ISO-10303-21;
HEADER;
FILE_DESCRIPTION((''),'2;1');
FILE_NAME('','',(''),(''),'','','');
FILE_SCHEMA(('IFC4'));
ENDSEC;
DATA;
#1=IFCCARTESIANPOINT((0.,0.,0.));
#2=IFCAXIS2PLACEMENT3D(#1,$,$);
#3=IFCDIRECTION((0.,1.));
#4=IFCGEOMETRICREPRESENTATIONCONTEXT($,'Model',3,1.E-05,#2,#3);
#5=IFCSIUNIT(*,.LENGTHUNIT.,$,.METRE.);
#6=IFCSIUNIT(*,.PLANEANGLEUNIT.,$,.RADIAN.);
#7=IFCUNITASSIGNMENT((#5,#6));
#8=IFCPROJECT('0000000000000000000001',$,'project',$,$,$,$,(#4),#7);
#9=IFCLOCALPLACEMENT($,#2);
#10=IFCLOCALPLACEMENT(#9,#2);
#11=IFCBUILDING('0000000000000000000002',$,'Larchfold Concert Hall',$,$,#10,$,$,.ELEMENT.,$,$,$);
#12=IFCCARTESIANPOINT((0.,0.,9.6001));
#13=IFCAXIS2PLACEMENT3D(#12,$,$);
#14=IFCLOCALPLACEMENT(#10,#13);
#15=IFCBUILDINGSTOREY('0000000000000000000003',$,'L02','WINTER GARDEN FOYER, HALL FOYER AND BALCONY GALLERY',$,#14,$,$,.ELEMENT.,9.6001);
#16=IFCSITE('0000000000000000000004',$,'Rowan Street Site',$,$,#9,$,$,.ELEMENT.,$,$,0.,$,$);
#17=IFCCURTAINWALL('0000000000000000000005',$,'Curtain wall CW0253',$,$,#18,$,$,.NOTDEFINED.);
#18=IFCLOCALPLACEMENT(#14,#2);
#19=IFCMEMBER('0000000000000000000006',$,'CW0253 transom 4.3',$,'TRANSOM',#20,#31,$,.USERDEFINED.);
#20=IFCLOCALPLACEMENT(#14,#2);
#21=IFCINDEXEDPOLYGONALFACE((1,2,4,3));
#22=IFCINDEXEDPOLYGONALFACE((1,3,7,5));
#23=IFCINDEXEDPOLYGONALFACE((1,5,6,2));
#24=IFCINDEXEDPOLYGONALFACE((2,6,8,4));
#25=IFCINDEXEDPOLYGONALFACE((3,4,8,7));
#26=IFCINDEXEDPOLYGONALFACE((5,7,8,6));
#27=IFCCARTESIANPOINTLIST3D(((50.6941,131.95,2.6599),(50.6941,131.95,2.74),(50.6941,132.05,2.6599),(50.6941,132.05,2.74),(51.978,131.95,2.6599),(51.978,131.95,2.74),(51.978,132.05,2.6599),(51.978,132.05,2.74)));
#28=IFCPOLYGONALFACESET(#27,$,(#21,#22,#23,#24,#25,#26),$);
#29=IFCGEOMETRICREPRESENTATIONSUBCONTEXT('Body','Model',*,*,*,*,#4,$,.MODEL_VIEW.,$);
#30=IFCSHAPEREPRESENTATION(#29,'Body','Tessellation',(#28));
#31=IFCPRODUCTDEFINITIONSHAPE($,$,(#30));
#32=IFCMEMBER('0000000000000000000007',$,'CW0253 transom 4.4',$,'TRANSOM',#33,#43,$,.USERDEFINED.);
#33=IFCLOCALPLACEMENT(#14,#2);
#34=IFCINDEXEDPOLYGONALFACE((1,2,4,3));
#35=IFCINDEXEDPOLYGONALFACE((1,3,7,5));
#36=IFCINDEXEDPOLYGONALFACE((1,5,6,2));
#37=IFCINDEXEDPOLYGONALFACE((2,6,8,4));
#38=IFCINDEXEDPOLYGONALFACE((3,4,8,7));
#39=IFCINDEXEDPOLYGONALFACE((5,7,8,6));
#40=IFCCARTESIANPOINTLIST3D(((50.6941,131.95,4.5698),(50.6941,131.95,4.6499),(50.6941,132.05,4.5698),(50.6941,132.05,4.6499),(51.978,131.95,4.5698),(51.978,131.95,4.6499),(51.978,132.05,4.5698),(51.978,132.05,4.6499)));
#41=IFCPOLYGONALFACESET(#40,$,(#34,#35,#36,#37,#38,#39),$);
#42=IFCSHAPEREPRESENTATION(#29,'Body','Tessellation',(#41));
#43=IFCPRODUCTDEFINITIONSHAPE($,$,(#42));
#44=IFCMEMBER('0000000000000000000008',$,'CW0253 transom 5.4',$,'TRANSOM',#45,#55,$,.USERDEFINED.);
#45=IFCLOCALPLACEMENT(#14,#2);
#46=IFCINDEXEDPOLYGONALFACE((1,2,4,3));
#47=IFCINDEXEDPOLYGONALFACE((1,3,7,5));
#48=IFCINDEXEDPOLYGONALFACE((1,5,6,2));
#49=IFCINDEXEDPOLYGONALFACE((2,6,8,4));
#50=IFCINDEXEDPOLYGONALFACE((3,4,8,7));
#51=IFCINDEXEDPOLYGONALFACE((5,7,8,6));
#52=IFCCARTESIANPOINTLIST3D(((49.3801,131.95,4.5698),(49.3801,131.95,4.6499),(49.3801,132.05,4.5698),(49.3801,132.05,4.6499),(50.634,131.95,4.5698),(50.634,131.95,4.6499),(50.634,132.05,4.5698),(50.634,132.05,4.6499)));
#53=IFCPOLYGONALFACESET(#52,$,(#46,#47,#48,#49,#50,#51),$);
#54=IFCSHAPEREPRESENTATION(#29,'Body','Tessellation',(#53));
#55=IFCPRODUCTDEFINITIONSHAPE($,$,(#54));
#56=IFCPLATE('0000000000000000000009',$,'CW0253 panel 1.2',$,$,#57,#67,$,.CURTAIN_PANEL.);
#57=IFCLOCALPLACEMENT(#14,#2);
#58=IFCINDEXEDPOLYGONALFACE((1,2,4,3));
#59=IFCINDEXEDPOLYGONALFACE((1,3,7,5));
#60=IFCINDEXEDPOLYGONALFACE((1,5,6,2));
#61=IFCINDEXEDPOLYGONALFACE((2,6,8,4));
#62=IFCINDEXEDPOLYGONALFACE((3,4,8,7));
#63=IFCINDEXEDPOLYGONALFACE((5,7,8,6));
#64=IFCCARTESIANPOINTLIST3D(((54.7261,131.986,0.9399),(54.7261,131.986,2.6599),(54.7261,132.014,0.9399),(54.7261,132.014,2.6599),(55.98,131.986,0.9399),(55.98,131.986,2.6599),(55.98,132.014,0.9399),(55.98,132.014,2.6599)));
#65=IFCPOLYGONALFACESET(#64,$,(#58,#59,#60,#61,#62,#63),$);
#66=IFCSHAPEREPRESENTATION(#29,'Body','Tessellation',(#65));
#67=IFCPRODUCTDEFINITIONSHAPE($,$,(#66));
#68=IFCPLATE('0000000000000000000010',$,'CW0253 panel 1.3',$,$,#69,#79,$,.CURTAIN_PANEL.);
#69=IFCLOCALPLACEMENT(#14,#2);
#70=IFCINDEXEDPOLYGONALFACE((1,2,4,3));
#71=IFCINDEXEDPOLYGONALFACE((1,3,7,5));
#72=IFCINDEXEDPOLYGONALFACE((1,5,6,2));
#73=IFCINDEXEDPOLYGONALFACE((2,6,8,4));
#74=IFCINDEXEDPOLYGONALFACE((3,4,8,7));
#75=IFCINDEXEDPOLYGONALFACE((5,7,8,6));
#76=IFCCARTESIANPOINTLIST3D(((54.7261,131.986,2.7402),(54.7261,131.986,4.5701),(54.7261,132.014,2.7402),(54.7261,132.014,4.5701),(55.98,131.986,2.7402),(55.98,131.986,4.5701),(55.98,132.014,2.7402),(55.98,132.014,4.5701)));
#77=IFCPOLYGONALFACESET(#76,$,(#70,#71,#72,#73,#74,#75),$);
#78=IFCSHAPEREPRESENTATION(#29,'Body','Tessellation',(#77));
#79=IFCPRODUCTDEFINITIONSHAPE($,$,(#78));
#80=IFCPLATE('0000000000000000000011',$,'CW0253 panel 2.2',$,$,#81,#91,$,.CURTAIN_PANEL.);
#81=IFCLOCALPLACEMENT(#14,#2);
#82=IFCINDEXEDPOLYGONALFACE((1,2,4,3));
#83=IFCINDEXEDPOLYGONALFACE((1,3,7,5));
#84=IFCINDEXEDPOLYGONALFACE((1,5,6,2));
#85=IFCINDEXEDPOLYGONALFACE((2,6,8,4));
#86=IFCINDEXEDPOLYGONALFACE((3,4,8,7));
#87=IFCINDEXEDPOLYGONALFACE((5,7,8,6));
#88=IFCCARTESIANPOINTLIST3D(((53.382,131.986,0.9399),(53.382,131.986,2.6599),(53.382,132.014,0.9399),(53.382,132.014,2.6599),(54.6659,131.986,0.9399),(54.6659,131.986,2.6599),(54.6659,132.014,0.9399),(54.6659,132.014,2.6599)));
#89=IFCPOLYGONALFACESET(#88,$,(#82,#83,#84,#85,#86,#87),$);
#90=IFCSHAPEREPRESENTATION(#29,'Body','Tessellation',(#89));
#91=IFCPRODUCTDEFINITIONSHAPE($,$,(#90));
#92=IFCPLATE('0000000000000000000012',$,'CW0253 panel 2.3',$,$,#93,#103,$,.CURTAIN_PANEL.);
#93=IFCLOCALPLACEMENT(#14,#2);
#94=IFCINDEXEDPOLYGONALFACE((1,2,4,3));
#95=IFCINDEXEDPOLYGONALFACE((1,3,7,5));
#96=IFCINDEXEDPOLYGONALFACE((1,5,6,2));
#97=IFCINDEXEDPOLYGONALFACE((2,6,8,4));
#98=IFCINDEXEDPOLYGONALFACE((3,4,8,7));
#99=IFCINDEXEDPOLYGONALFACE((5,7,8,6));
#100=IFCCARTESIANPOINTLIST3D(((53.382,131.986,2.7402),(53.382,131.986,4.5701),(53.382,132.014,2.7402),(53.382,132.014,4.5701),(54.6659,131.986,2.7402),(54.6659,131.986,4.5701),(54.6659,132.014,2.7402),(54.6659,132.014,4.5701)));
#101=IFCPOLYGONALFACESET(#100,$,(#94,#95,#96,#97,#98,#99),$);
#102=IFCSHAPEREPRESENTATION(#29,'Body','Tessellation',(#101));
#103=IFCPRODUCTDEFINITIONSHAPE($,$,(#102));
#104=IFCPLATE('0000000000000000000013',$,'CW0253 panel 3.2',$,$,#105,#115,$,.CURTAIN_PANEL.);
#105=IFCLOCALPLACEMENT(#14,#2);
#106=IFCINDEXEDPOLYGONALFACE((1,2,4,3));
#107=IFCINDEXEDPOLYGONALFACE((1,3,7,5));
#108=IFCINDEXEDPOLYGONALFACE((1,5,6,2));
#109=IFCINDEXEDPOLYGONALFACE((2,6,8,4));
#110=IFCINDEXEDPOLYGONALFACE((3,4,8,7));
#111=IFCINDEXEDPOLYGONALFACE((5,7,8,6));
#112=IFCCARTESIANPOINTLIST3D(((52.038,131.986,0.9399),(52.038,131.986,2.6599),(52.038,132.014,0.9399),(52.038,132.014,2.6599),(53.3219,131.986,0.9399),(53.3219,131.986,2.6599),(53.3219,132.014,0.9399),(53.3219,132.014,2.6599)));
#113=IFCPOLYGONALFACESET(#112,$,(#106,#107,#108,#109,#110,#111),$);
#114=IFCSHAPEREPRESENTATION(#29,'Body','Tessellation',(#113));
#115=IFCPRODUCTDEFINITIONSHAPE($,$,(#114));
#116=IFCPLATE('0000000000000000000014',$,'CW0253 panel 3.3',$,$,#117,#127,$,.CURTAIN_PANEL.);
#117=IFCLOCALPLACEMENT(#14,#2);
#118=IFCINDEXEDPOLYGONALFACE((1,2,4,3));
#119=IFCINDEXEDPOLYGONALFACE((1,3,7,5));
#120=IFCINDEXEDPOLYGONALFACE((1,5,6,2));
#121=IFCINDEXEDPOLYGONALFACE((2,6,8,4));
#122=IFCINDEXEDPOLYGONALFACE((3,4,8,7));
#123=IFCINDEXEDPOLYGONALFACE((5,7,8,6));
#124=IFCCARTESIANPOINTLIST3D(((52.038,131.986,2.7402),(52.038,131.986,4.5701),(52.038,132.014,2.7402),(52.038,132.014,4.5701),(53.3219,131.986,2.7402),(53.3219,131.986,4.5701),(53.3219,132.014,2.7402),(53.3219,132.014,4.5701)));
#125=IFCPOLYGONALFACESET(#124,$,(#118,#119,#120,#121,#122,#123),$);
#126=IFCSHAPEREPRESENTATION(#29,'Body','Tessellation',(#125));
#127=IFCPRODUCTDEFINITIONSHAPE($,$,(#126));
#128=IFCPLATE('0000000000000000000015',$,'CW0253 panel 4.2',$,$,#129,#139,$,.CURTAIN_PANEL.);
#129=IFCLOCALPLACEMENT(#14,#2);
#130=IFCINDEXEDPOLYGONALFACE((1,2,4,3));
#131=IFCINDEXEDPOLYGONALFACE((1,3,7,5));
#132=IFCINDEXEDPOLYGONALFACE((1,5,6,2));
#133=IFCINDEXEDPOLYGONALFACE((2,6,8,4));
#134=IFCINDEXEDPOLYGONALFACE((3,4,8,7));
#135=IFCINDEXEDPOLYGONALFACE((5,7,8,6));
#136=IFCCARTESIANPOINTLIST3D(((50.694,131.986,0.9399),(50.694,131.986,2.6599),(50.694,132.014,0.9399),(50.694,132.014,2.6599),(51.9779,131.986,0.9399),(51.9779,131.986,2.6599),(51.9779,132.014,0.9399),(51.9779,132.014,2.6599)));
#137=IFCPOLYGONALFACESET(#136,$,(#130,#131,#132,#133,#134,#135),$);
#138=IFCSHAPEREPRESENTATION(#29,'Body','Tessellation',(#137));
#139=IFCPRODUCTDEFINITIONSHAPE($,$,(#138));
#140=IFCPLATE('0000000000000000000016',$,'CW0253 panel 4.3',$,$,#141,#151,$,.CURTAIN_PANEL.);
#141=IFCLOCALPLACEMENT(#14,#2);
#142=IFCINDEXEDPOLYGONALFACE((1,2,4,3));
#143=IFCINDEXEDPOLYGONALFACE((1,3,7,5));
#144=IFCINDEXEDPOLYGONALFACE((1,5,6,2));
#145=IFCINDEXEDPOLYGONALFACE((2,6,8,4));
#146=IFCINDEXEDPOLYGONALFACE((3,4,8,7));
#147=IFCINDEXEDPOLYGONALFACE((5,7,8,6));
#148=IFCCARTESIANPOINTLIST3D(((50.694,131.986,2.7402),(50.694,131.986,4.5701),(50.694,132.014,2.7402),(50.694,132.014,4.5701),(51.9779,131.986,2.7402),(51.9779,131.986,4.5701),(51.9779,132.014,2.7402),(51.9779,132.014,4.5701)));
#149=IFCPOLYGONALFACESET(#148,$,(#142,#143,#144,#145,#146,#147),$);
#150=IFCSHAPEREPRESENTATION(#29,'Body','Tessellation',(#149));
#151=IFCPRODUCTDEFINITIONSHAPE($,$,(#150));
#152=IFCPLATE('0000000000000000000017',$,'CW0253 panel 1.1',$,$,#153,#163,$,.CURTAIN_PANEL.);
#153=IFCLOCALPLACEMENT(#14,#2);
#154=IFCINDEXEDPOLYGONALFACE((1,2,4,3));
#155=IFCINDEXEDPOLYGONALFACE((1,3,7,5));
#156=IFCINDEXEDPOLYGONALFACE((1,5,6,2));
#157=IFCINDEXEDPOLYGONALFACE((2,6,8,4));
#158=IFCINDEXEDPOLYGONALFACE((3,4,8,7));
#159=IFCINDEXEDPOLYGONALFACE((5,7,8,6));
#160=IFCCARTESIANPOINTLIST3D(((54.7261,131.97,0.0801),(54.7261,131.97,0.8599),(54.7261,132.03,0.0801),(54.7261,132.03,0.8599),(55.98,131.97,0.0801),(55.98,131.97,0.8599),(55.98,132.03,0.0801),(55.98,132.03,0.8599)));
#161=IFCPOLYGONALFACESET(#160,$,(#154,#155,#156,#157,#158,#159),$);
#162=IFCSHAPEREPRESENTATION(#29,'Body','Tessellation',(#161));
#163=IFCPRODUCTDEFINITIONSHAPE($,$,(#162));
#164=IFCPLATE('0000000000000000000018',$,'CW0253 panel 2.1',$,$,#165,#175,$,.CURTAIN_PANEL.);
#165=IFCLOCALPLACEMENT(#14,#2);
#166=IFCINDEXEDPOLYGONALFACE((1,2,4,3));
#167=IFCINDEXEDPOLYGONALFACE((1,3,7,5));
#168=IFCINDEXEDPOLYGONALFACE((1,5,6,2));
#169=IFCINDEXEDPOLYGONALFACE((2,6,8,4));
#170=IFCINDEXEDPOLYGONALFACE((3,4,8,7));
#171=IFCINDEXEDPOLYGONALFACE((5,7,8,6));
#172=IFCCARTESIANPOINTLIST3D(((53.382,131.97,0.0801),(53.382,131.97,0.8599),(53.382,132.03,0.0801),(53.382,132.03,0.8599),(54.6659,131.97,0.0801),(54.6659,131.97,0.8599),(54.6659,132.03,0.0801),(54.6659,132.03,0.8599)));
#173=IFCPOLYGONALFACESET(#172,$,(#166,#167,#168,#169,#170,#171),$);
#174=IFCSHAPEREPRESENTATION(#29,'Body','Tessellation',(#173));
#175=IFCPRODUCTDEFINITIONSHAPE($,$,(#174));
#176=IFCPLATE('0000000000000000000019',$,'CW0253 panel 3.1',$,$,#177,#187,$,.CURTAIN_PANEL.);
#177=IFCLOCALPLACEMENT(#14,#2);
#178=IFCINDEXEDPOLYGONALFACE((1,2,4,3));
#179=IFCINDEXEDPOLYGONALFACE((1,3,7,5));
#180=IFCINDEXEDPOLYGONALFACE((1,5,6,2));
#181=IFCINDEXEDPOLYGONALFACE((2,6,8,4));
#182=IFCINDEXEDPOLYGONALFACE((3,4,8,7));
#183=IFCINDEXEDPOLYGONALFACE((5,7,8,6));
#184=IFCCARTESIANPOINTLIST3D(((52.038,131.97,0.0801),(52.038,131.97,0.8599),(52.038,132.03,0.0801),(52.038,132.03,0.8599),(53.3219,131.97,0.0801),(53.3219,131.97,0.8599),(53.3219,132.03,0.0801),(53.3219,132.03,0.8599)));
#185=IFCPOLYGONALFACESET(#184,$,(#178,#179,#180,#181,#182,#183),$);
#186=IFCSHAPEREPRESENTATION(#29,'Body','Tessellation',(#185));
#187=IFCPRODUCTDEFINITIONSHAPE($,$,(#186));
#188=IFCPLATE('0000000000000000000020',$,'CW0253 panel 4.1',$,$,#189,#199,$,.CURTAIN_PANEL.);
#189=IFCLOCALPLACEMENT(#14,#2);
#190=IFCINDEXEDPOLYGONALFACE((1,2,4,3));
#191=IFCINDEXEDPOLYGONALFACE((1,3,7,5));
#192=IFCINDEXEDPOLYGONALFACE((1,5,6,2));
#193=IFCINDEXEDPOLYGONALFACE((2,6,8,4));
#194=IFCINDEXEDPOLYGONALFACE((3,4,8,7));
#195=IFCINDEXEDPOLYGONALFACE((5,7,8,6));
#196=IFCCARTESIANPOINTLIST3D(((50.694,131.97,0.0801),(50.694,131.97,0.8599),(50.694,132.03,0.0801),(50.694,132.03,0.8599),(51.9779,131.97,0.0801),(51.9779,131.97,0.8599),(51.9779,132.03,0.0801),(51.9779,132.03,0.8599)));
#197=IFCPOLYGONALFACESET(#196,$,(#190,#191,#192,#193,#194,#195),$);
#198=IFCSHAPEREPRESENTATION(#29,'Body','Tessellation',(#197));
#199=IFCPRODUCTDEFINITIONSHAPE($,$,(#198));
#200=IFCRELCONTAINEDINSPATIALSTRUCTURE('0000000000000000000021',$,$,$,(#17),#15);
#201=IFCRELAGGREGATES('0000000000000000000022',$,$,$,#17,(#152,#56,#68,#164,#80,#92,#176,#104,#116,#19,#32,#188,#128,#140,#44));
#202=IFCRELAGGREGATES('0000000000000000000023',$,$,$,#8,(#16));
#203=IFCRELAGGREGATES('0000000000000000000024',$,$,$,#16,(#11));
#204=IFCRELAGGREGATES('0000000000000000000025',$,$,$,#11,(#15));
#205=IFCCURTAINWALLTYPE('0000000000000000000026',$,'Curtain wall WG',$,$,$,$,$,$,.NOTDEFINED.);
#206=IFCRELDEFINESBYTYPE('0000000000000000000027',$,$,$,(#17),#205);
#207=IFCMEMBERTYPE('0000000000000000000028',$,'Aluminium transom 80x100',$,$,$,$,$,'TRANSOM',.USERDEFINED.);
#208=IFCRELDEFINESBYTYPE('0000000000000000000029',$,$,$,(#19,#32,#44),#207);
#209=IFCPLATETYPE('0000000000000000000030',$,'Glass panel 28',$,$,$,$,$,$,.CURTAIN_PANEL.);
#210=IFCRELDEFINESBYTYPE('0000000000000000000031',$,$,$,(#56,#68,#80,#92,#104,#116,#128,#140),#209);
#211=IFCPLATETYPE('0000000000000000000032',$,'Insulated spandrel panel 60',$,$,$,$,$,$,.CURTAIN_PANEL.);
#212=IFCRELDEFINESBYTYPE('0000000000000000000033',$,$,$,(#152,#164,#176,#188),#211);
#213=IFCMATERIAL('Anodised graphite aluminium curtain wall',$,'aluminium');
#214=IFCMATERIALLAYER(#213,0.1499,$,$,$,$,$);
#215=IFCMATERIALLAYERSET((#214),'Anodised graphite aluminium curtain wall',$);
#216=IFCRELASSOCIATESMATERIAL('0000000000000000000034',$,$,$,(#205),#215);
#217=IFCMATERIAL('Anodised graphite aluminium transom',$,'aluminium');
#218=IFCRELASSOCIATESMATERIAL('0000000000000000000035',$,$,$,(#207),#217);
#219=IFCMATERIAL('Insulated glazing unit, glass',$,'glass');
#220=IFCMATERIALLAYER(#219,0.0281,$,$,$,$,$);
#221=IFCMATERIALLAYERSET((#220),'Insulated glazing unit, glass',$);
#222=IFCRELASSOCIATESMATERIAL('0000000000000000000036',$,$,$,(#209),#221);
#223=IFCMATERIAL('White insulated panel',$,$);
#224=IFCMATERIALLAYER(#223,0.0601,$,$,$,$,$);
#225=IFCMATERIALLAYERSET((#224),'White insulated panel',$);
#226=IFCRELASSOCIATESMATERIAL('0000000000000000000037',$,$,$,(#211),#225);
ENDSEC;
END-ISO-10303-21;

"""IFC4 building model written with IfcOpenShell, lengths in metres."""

from ifc_helpers import new_model, si_unit, direction, frame, origin, origin_2d, place, context, subcontext, project, spatial, rectangle, extrude, material, layer, layer_set, material_profile, profile_set, type_object, element, aggregate, save


model = new_model("IFC4")

# Units and contexts
model_context = context("Model", 3, precision=1e-05, world=origin(), true_north=direction((0.0, 1.0)))
body_context = subcontext(model_context, "Body", "Model", "MODEL_VIEW")
ifc_project = project(units=[si_unit("LENGTHUNIT", "METRE"), si_unit("PLANEANGLEUNIT", "RADIAN")], contexts=[model_context])

# Site, building, storey
site_placement = place(None, origin())
site = spatial("IfcSite", under=ifc_project, at=site_placement, Name="Rowan Street Site", CompositionType="ELEMENT", RefElevation=0.0)
building_placement = place(site_placement, origin())
building = spatial("IfcBuilding", under=site, at=building_placement, Name="Larchfold Concert Hall", CompositionType="ELEMENT")
storey_placement = place(building_placement, frame((0.0, 0.0, 9.6001)))
storey = spatial("IfcBuildingStorey", under=building, at=storey_placement, Name="L02", Description="WINTER GARDEN FOYER, HALL FOYER AND BALCONY GALLERY", CompositionType="ELEMENT", Elevation=9.6001)

# Curtain wall, members, plates
ifc_material_1 = material(Name="Anodised graphite aluminium curtain wall", Category="aluminium")
ifc_layer_1 = layer(ifc_material_1, 0.1499)
ifc_layer_set_1 = layer_set([ifc_layer_1], Name="Anodised graphite aluminium curtain wall")
curtain_wall_type = type_object("IfcCurtainWallType", Name="Curtain wall WG", PredefinedType="NOTDEFINED", material=ifc_layer_set_1)
curtain_wall_placement = place(storey_placement, origin())
curtain_wall = element("IfcCurtainWall", 1, at=curtain_wall_placement, inside=storey, type_object=curtain_wall_type, Name="Curtain wall CW0253", PredefinedType="NOTDEFINED")
ifc_material_2 = material(Name="Anodised graphite aluminium transom", Category="aluminium")
ifc_material_profile_1 = material_profile(ifc_material_2, rectangle(XDim=0.1001, YDim=0.0801, at=origin_2d()))
ifc_profile_set_1 = profile_set([ifc_material_profile_1], Name="Anodised graphite aluminium transom")
member_type_1 = type_object("IfcMemberType", Name="Aluminium transom 80x100", ElementType="TRANSOM", PredefinedType="USERDEFINED", material=ifc_profile_set_1)
member_1_placement = place(storey_placement, frame((51.978, 132.0, 2.7), z_axis=(-1.0, 0.0, 0.0), x_axis=(0.0, -1.0, 0.0)))
member_1 = element("IfcMember", 2, at=member_1_placement, type_object=member_type_1, Name="CW0253 transom 4.3", ObjectType="TRANSOM", PredefinedType="USERDEFINED", context=body_context, shape_type="SweptSolid", body=[
    extrude(rectangle(XDim=0.1001, YDim=0.0801, at=origin_2d()), origin(), (0.0, 0.0, 1.0), 1.2839),
])
member_2_placement = place(storey_placement, frame((51.978, 132.0, 4.6099), z_axis=(-1.0, 0.0, 0.0), x_axis=(0.0, -1.0, 0.0)))
member_2 = element("IfcMember", 3, at=member_2_placement, type_object=member_type_1, Name="CW0253 transom 4.4", ObjectType="TRANSOM", PredefinedType="USERDEFINED", context=body_context, shape_type="SweptSolid", body=[
    extrude(rectangle(XDim=0.1001, YDim=0.0801, at=origin_2d()), origin(), (0.0, 0.0, 1.0), 1.2839),
])
member_3_placement = place(storey_placement, frame((50.634, 132.0, 4.6099), z_axis=(-1.0, 0.0, 0.0), x_axis=(0.0, -1.0, 0.0)))
member_3 = element("IfcMember", 4, at=member_3_placement, type_object=member_type_1, Name="CW0253 transom 5.4", ObjectType="TRANSOM", PredefinedType="USERDEFINED", context=body_context, shape_type="SweptSolid", body=[
    extrude(rectangle(XDim=0.1001, YDim=0.0801, at=origin_2d()), origin(), (0.0, 0.0, 1.0), 1.2539),
])
ifc_material_3 = material(Name="Insulated glazing unit, glass", Category="glass")
ifc_layer_2 = layer(ifc_material_3, 0.0281)
ifc_layer_set_2 = layer_set([ifc_layer_2], Name="Insulated glazing unit, glass")
plate_type_1 = type_object("IfcPlateType", Name="Glass panel 28", PredefinedType="CURTAIN_PANEL", material=ifc_layer_set_2)
plate_1_placement = place(storey_placement, frame((55.353, 132.0, 0.9399), z_axis=(0.0, 0.0, 1.0), x_axis=(-1.0, 0.0, 0.0)))
plate_1 = element("IfcPlate", 5, at=plate_1_placement, type_object=plate_type_1, Name="CW0253 panel 1.2", PredefinedType="CURTAIN_PANEL", context=body_context, shape_type="SweptSolid", body=[
    extrude(rectangle(XDim=1.2539, YDim=0.0281, at=origin_2d()), origin(), (0.0, 0.0, 1.0), 1.72),
])
plate_2_placement = place(storey_placement, frame((55.353, 132.0, 2.7402), z_axis=(0.0, 0.0, 1.0), x_axis=(-1.0, 0.0, 0.0)))
plate_2 = element("IfcPlate", 6, at=plate_2_placement, type_object=plate_type_1, Name="CW0253 panel 1.3", PredefinedType="CURTAIN_PANEL", context=body_context, shape_type="SweptSolid", body=[
    extrude(rectangle(XDim=1.2539, YDim=0.0281, at=origin_2d()), origin(), (0.0, 0.0, 1.0), 1.8298),
])
plate_3_placement = place(storey_placement, frame((54.0239, 132.0, 0.9399), z_axis=(0.0, 0.0, 1.0), x_axis=(-1.0, 0.0, 0.0)))
plate_3 = element("IfcPlate", 7, at=plate_3_placement, type_object=plate_type_1, Name="CW0253 panel 2.2", PredefinedType="CURTAIN_PANEL", context=body_context, shape_type="SweptSolid", body=[
    extrude(rectangle(XDim=1.2839, YDim=0.0281, at=origin_2d()), origin(), (0.0, 0.0, 1.0), 1.72),
])
plate_4_placement = place(storey_placement, frame((54.0239, 132.0, 2.7402), z_axis=(0.0, 0.0, 1.0), x_axis=(-1.0, 0.0, 0.0)))
plate_4 = element("IfcPlate", 8, at=plate_4_placement, type_object=plate_type_1, Name="CW0253 panel 2.3", PredefinedType="CURTAIN_PANEL", context=body_context, shape_type="SweptSolid", body=[
    extrude(rectangle(XDim=1.2839, YDim=0.0281, at=origin_2d()), origin(), (0.0, 0.0, 1.0), 1.8298),
])
plate_5_placement = place(storey_placement, frame((52.6799, 132.0, 0.9399), z_axis=(0.0, 0.0, 1.0), x_axis=(-1.0, 0.0, 0.0)))
plate_5 = element("IfcPlate", 9, at=plate_5_placement, type_object=plate_type_1, Name="CW0253 panel 3.2", PredefinedType="CURTAIN_PANEL", context=body_context, shape_type="SweptSolid", body=[
    extrude(rectangle(XDim=1.2839, YDim=0.0281, at=origin_2d()), origin(), (0.0, 0.0, 1.0), 1.72),
])
plate_6_placement = place(storey_placement, frame((52.6799, 132.0, 2.7402), z_axis=(0.0, 0.0, 1.0), x_axis=(-1.0, 0.0, 0.0)))
plate_6 = element("IfcPlate", 10, at=plate_6_placement, type_object=plate_type_1, Name="CW0253 panel 3.3", PredefinedType="CURTAIN_PANEL", context=body_context, shape_type="SweptSolid", body=[
    extrude(rectangle(XDim=1.2839, YDim=0.0281, at=origin_2d()), origin(), (0.0, 0.0, 1.0), 1.8298),
])
plate_7_placement = place(storey_placement, frame((51.3359, 132.0, 0.9399), z_axis=(0.0, 0.0, 1.0), x_axis=(-1.0, 0.0, 0.0)))
plate_7 = element("IfcPlate", 11, at=plate_7_placement, type_object=plate_type_1, Name="CW0253 panel 4.2", PredefinedType="CURTAIN_PANEL", context=body_context, shape_type="SweptSolid", body=[
    extrude(rectangle(XDim=1.2839, YDim=0.0281, at=origin_2d()), origin(), (0.0, 0.0, 1.0), 1.72),
])
plate_8_placement = place(storey_placement, frame((51.3359, 132.0, 2.7402), z_axis=(0.0, 0.0, 1.0), x_axis=(-1.0, 0.0, 0.0)))
plate_8 = element("IfcPlate", 12, at=plate_8_placement, type_object=plate_type_1, Name="CW0253 panel 4.3", PredefinedType="CURTAIN_PANEL", context=body_context, shape_type="SweptSolid", body=[
    extrude(rectangle(XDim=1.2839, YDim=0.0281, at=origin_2d()), origin(), (0.0, 0.0, 1.0), 1.8298),
])
ifc_material_4 = material(Name="White insulated panel")
ifc_layer_3 = layer(ifc_material_4, 0.0601)
ifc_layer_set_3 = layer_set([ifc_layer_3], Name="White insulated panel")
plate_type_2 = type_object("IfcPlateType", Name="Insulated spandrel panel 60", PredefinedType="CURTAIN_PANEL", material=ifc_layer_set_3)
plate_9_placement = place(storey_placement, frame((55.353, 132.0, 0.0801), z_axis=(0.0, 0.0, 1.0), x_axis=(-1.0, 0.0, 0.0)))
plate_9 = element("IfcPlate", 13, at=plate_9_placement, type_object=plate_type_2, Name="CW0253 panel 1.1", PredefinedType="CURTAIN_PANEL", context=body_context, shape_type="SweptSolid", body=[
    extrude(rectangle(XDim=1.2539, YDim=0.0601, at=origin_2d()), origin(), (0.0, 0.0, 1.0), 0.7798),
])
plate_10_placement = place(storey_placement, frame((54.0239, 132.0, 0.0801), z_axis=(0.0, 0.0, 1.0), x_axis=(-1.0, 0.0, 0.0)))
plate_10 = element("IfcPlate", 14, at=plate_10_placement, type_object=plate_type_2, Name="CW0253 panel 2.1", PredefinedType="CURTAIN_PANEL", context=body_context, shape_type="SweptSolid", body=[
    extrude(rectangle(XDim=1.2839, YDim=0.0601, at=origin_2d()), origin(), (0.0, 0.0, 1.0), 0.7798),
])
plate_11_placement = place(storey_placement, frame((52.6799, 132.0, 0.0801), z_axis=(0.0, 0.0, 1.0), x_axis=(-1.0, 0.0, 0.0)))
plate_11 = element("IfcPlate", 15, at=plate_11_placement, type_object=plate_type_2, Name="CW0253 panel 3.1", PredefinedType="CURTAIN_PANEL", context=body_context, shape_type="SweptSolid", body=[
    extrude(rectangle(XDim=1.2839, YDim=0.0601, at=origin_2d()), origin(), (0.0, 0.0, 1.0), 0.7798),
])
plate_12_placement = place(storey_placement, frame((51.3359, 132.0, 0.0801), z_axis=(0.0, 0.0, 1.0), x_axis=(-1.0, 0.0, 0.0)))
plate_12 = element("IfcPlate", 16, at=plate_12_placement, type_object=plate_type_2, Name="CW0253 panel 4.1", PredefinedType="CURTAIN_PANEL", context=body_context, shape_type="SweptSolid", body=[
    extrude(rectangle(XDim=1.2839, YDim=0.0601, at=origin_2d()), origin(), (0.0, 0.0, 1.0), 0.7798),
])
aggregate(curtain_wall, [plate_9, plate_1, plate_2, plate_10, plate_3, plate_4, plate_11, plate_5, plate_6, member_1, member_2, plate_12, plate_7, plate_8, member_3])

save(model, "model.ifc")
